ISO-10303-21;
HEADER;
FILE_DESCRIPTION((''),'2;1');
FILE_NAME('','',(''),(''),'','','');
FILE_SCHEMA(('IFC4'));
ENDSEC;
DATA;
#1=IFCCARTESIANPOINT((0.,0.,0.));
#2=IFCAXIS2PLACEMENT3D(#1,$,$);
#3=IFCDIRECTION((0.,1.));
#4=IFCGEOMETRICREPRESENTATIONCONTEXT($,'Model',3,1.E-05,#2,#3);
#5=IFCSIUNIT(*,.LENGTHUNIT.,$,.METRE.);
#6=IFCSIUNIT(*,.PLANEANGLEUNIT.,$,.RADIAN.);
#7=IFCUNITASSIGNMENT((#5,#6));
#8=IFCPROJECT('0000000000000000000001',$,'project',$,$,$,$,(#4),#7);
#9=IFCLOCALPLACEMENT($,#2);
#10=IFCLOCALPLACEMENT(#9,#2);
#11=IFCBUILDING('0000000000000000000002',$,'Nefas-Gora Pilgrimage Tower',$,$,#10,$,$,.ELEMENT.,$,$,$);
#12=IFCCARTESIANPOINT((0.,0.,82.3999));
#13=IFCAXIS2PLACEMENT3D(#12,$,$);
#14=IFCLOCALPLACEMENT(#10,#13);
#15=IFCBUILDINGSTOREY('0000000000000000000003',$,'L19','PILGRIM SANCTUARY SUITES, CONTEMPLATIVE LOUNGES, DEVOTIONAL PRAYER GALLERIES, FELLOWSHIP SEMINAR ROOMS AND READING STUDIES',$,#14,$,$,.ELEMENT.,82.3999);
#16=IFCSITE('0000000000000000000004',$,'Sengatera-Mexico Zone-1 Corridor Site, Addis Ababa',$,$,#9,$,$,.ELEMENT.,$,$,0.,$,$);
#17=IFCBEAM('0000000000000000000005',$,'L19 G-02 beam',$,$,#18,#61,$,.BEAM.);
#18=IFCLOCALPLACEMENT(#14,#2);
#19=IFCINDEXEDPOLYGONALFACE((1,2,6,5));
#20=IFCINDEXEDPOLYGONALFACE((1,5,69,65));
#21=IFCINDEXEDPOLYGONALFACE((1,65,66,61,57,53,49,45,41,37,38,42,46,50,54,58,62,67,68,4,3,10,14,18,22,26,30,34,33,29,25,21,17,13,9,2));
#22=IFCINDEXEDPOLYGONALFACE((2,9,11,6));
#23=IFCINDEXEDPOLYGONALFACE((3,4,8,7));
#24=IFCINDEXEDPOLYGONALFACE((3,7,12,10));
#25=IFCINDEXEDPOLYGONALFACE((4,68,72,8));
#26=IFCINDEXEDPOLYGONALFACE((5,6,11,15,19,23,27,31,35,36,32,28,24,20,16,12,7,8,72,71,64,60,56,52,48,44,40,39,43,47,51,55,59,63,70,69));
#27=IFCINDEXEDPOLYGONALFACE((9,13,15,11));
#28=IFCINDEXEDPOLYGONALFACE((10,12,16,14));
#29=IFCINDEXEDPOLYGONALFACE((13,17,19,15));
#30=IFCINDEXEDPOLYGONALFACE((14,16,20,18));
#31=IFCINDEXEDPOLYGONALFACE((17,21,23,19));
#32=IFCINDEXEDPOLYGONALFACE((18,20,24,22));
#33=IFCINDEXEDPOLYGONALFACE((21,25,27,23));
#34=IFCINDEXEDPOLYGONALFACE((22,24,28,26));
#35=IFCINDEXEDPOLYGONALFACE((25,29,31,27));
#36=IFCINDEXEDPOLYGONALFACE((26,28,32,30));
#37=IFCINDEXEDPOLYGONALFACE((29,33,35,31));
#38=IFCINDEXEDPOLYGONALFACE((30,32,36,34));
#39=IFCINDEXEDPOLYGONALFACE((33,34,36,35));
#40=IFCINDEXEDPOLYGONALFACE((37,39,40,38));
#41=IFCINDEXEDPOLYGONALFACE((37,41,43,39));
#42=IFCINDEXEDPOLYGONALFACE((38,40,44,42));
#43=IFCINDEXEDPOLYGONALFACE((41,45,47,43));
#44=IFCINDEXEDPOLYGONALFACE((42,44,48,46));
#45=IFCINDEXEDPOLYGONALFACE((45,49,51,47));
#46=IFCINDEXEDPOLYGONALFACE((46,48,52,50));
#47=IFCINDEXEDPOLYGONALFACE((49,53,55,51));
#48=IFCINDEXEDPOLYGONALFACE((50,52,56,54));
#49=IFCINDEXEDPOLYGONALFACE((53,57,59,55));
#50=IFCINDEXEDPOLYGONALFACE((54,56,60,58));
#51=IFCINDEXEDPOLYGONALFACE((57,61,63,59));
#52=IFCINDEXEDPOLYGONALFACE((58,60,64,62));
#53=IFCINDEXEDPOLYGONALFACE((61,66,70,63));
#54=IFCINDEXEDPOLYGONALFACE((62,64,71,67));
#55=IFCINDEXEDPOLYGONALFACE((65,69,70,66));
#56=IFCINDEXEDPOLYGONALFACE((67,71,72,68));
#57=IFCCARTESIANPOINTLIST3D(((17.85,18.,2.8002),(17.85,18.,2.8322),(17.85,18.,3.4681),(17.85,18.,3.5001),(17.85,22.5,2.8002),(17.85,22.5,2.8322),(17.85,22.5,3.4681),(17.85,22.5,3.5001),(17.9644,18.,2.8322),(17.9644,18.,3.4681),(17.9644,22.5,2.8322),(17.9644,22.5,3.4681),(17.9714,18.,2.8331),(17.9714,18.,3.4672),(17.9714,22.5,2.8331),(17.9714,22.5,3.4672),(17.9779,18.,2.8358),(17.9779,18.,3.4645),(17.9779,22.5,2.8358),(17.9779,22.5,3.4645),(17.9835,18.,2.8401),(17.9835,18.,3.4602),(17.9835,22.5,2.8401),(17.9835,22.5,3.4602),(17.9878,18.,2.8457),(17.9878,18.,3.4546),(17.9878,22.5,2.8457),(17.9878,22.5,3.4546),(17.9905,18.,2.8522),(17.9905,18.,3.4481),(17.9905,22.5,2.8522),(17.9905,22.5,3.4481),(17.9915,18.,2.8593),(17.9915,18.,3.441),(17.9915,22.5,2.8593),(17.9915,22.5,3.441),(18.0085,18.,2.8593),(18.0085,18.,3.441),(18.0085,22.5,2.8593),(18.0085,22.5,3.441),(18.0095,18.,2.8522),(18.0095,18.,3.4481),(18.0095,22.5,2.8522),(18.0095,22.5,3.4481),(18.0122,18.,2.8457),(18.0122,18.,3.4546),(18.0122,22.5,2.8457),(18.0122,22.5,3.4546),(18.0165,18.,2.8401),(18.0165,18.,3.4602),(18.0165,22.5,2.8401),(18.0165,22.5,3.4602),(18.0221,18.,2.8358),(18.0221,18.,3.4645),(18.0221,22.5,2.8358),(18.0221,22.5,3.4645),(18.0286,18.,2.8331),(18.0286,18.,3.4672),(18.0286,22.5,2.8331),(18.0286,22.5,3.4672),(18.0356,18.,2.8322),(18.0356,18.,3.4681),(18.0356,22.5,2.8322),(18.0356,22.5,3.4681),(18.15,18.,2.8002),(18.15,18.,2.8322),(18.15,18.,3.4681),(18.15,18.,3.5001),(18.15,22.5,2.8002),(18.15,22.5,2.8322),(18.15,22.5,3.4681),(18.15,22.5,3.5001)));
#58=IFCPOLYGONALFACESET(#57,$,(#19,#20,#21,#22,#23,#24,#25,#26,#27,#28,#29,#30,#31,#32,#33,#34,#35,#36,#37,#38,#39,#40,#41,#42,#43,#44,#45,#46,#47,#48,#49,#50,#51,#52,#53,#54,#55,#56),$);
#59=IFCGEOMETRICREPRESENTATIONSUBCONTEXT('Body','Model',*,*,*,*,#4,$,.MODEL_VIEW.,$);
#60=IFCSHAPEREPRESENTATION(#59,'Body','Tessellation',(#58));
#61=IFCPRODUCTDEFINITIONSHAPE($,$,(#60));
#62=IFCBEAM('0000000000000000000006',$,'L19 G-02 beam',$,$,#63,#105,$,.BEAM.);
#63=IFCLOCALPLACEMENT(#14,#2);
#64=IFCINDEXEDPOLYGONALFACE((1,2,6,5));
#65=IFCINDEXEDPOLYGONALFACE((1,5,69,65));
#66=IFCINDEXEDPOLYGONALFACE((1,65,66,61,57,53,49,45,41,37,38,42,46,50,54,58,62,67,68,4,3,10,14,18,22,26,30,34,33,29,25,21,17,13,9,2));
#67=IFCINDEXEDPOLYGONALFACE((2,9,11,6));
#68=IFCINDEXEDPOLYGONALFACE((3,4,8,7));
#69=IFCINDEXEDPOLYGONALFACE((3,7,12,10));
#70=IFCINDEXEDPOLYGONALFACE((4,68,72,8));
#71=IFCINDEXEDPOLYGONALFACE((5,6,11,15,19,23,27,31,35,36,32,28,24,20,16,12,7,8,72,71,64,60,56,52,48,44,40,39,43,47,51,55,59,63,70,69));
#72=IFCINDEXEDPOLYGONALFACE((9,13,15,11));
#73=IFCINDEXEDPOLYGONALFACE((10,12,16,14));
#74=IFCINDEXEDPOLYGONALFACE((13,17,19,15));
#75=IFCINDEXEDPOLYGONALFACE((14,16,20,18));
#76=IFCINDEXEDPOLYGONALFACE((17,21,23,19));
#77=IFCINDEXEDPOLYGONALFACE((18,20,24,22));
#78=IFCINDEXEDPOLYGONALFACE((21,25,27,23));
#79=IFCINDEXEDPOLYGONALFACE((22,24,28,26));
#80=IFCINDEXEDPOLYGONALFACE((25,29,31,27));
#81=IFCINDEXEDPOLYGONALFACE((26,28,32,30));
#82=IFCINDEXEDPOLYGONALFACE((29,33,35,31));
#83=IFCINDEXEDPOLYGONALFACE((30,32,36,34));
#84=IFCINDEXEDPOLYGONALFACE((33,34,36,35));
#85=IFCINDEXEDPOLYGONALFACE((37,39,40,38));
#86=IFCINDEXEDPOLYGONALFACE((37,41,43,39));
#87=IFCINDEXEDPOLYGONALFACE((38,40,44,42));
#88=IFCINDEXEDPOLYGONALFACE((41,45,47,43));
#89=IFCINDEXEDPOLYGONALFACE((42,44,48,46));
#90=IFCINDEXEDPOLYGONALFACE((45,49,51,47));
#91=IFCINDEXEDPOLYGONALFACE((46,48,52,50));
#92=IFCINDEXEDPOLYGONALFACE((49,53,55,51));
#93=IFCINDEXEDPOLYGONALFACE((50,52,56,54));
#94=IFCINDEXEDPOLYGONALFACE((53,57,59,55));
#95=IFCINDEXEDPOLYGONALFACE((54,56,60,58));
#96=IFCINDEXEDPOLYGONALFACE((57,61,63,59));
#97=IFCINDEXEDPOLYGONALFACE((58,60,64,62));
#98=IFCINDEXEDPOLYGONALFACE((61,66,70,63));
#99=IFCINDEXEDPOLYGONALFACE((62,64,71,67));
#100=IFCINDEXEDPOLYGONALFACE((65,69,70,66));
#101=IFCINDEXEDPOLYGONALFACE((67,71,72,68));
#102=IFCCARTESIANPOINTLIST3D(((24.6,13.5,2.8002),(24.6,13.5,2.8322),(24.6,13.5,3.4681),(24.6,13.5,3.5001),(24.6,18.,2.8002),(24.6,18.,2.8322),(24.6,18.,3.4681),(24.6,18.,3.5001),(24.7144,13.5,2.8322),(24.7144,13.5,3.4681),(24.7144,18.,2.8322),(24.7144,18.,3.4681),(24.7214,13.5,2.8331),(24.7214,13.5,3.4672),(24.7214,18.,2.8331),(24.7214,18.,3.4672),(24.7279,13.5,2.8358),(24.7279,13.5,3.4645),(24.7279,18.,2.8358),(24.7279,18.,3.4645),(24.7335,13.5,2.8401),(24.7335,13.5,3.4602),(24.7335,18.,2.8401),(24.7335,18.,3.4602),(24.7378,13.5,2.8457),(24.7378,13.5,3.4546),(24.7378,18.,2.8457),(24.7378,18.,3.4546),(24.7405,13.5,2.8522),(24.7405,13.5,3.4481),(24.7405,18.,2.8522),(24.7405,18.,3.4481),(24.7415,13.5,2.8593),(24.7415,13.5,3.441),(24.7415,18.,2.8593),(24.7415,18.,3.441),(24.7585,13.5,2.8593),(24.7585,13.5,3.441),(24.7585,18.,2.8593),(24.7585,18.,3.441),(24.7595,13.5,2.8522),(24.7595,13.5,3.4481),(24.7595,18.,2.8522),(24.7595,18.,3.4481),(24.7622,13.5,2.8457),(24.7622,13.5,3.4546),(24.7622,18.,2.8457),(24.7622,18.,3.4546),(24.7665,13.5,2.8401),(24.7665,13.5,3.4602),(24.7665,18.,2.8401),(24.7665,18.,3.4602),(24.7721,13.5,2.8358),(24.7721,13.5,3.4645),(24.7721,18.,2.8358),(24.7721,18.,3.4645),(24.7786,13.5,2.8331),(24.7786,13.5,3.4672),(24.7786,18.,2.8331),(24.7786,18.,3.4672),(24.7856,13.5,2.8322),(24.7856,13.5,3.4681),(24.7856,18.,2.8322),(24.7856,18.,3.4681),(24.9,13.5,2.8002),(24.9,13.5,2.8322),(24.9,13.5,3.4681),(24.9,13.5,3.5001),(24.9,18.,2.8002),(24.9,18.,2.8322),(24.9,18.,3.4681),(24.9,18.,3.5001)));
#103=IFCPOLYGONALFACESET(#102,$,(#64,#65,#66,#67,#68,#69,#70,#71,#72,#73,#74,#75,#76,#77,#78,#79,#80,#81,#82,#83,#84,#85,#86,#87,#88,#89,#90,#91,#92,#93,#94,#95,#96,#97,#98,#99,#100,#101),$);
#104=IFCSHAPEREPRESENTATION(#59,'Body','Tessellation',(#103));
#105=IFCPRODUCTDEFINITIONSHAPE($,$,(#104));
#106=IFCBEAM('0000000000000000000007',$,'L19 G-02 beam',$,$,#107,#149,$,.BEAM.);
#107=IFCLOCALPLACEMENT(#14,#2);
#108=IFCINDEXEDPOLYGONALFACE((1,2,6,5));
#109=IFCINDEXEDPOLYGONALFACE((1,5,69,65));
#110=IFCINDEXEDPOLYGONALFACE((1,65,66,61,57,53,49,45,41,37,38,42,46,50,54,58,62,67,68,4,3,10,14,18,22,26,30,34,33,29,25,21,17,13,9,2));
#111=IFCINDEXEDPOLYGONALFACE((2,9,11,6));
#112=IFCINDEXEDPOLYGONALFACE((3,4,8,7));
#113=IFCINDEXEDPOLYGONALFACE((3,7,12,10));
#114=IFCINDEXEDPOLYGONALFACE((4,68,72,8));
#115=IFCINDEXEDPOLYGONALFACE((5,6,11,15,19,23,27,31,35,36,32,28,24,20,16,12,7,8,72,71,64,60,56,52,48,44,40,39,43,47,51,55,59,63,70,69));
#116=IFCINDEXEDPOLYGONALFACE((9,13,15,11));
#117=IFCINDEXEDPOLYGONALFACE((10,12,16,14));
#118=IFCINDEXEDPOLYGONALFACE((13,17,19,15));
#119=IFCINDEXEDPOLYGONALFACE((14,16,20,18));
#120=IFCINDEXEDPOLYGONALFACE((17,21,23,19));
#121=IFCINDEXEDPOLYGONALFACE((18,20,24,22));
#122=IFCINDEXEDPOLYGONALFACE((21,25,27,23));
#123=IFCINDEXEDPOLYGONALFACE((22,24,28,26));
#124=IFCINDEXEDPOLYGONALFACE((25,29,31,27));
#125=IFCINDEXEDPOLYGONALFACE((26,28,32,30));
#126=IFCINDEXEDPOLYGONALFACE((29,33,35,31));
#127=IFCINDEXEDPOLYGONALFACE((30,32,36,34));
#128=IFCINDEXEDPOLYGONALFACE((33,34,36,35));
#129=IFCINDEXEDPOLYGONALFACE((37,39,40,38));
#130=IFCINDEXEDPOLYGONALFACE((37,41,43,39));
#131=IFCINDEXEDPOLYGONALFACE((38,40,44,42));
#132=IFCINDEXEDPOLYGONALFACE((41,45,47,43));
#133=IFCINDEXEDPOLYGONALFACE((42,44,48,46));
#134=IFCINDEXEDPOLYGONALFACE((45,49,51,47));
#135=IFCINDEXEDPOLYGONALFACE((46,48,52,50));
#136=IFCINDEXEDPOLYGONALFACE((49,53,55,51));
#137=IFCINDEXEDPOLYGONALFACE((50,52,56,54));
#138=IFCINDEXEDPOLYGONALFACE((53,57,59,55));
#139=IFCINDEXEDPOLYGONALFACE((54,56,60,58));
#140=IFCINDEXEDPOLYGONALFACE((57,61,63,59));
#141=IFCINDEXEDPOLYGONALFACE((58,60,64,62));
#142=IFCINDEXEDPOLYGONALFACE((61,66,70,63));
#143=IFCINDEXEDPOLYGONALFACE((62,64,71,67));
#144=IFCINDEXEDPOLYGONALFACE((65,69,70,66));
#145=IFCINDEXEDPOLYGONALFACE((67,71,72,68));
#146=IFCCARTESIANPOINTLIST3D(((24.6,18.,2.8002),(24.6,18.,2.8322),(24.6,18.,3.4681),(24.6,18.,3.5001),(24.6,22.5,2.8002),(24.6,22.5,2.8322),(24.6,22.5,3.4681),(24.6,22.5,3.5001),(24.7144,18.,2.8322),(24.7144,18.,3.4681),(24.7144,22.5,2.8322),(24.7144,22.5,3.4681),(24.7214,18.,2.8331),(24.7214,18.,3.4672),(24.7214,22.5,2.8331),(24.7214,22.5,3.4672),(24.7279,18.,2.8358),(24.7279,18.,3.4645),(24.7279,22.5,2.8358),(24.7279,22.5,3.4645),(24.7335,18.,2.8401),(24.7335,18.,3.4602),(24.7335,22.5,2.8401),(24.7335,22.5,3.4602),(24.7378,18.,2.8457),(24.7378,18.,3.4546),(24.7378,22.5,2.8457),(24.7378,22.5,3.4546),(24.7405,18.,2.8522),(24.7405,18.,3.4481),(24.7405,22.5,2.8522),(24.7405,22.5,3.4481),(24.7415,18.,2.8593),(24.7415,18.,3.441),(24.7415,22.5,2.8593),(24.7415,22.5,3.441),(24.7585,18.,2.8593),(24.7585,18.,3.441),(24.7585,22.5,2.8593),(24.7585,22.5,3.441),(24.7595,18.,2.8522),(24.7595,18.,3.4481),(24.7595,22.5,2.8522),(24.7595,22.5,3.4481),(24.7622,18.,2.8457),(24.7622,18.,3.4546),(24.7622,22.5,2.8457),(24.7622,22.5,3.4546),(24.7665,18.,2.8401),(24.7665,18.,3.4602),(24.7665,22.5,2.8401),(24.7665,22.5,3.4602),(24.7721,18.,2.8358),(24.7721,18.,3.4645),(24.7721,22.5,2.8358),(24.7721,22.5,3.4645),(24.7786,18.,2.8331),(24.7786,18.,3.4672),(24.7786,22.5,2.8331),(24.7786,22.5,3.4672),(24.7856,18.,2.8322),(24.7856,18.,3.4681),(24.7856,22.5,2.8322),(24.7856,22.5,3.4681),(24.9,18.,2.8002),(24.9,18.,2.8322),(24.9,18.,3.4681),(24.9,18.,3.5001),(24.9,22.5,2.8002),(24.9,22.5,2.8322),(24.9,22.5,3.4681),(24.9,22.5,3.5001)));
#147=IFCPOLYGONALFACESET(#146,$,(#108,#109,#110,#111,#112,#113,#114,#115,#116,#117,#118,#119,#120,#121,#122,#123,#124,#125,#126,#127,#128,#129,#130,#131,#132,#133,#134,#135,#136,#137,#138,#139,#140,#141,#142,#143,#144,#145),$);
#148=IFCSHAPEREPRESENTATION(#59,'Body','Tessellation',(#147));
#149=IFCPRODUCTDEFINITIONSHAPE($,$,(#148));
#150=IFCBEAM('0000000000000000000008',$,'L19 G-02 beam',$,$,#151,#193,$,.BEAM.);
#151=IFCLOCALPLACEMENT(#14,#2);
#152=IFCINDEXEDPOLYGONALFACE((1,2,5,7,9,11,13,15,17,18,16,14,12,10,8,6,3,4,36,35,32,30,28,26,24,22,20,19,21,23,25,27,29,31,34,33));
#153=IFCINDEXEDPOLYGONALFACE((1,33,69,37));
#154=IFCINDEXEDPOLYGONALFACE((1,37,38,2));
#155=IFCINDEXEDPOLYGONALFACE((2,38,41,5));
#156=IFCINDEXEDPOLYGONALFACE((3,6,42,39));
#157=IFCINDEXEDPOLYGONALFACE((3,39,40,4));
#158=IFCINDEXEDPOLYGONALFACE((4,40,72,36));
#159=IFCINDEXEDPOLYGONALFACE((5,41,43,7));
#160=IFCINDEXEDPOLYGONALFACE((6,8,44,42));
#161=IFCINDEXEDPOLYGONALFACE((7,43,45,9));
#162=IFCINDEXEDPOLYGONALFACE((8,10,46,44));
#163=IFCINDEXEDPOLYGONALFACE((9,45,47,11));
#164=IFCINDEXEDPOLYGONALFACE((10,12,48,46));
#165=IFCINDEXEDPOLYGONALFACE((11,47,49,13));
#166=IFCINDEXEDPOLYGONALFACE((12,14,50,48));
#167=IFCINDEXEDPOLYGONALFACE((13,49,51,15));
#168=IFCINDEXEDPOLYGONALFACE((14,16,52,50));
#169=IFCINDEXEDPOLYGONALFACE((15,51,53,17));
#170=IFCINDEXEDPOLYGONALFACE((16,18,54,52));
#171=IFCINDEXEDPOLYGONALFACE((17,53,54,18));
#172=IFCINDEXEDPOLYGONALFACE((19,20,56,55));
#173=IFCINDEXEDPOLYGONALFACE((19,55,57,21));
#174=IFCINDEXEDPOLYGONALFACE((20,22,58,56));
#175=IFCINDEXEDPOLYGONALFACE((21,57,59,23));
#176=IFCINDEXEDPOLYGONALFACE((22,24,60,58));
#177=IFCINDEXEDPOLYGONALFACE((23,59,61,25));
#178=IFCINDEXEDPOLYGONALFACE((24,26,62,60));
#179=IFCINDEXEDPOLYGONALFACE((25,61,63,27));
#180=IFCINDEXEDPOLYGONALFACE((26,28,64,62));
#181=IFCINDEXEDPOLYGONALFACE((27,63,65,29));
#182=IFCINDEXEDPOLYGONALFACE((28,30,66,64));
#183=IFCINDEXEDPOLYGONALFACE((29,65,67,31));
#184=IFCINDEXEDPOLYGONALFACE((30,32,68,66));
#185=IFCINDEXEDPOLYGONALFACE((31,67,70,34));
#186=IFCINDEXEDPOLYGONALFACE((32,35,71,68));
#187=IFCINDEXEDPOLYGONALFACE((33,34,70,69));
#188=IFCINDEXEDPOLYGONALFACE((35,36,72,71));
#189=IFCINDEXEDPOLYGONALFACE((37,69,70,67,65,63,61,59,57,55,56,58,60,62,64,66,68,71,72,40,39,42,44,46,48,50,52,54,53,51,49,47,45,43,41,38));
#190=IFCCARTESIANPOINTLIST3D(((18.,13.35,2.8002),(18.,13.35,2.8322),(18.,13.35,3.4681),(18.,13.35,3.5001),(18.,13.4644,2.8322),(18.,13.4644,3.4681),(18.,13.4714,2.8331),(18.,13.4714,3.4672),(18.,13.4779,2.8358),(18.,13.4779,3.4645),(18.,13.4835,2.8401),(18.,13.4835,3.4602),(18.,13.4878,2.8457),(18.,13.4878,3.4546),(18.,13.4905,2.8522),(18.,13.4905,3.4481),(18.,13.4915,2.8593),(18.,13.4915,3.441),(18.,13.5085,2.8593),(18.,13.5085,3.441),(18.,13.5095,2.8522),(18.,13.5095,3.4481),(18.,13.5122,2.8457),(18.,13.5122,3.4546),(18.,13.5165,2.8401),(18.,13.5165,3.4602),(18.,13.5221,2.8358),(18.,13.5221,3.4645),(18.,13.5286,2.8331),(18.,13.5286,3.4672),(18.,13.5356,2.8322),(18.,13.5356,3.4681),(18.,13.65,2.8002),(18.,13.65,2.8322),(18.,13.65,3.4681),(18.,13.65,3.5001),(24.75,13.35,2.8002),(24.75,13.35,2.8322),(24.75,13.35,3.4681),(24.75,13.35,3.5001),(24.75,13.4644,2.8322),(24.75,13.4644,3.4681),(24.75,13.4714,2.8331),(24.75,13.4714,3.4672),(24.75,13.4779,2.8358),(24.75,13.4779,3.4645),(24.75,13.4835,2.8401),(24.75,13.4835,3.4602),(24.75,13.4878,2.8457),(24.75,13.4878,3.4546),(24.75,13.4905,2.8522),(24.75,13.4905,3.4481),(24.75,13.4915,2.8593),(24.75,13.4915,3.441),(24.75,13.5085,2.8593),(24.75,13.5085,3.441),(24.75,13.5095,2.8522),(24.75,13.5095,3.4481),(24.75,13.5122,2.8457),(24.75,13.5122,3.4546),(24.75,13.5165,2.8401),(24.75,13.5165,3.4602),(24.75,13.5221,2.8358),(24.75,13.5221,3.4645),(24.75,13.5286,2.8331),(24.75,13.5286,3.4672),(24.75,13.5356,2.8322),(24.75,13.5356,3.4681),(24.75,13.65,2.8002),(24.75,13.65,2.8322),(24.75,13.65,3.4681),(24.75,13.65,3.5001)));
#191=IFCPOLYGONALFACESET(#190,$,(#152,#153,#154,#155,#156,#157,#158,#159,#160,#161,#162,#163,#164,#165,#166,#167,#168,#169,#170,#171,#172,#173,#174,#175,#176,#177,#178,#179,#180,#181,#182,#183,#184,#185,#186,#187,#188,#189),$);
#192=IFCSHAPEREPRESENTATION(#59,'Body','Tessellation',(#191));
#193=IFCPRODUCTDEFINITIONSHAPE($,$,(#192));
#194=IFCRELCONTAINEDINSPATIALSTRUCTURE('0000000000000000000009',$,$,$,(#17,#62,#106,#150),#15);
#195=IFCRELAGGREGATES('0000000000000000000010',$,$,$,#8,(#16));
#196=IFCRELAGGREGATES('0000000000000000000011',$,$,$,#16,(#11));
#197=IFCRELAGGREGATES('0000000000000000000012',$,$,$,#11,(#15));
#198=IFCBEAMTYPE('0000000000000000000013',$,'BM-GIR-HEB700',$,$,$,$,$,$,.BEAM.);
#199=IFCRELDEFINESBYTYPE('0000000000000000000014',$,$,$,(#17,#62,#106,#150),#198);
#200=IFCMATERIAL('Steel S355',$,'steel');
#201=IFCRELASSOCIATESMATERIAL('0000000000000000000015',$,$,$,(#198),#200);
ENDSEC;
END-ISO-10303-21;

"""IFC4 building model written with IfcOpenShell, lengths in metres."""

from ifc_helpers import new_model, si_unit, direction, frame, origin, origin_2d, place, context, subcontext, project, spatial, i_section, extrude, source, transform, mapped, material, material_profile, profile_set, type_object, element, save


model = new_model("IFC4")

# Units and contexts
model_context = context("Model", 3, precision=1e-05, world=origin(), true_north=direction((0.0, 1.0)))
body_context = subcontext(model_context, "Body", "Model", "MODEL_VIEW")
ifc_project = project(units=[si_unit("LENGTHUNIT", "METRE"), si_unit("PLANEANGLEUNIT", "RADIAN")], contexts=[model_context])

# Site, building, storey
site_placement = place(None, origin())
site = spatial("IfcSite", under=ifc_project, at=site_placement, Name="Sengatera-Mexico Zone-1 Corridor Site, Addis Ababa", CompositionType="ELEMENT", RefElevation=0.0)
building_placement = place(site_placement, origin())
building = spatial("IfcBuilding", under=site, at=building_placement, Name="Nefas-Gora Pilgrimage Tower", CompositionType="ELEMENT")
storey_placement = place(building_placement, frame((0.0, 0.0, 82.3999)))
storey = spatial("IfcBuildingStorey", under=building, at=storey_placement, Name="L19", Description="PILGRIM SANCTUARY SUITES, CONTEMPLATIVE LOUNGES, DEVOTIONAL PRAYER GALLERIES, FELLOWSHIP SEMINAR ROOMS AND READING STUDIES", CompositionType="ELEMENT", Elevation=82.3999)

# Beams
ifc_material_1 = material(Name="Steel S355", Category="steel")
ifc_material_profile_1 = material_profile(ifc_material_1, i_section(OverallWidth=0.3, OverallDepth=0.7, WebThickness=0.0171, FlangeThickness=0.032, FilletRadius=0.0271, at=origin_2d()), Name="HEB 700")
ifc_profile_set_1 = profile_set([ifc_material_profile_1], Name="Steel S355")
beam_type_1 = type_object("IfcBeamType", Name="BM-GIR-HEB700", PredefinedType="BEAM", material=ifc_profile_set_1)
shared_shape_1 = source(origin(), body_context, "Body", "SweptSolid", [
    extrude(i_section(OverallWidth=0.3, OverallDepth=0.7, WebThickness=0.0171, FlangeThickness=0.032, FilletRadius=0.0271, at=origin_2d()), origin(), (0.0, 0.0, 1.0), 4.5),
])
for number, where, z_axis, x_axis, name in (
    (1, (18.0, 18.0, 3.1501), (0.0, 1.0, 0.0), (-1.0, 0.0, 0.0), "L19 G-02 beam"),
    (2, (24.75, 13.5, 3.1501), (0.0, 1.0, 0.0), (-1.0, 0.0, 0.0), "L19 G-02 beam"),
    (3, (24.75, 18.0, 3.1501), (0.0, 1.0, 0.0), (-1.0, 0.0, 0.0), "L19 G-02 beam"),
):
    element("IfcBeam", number, at=place(storey_placement, frame(where, z_axis=z_axis, x_axis=x_axis)), inside=storey, type_object=beam_type_1, Name=name, PredefinedType="BEAM", context=body_context, shape_type="MappedRepresentation", body=[
        mapped(shared_shape_1, transform((0.0, 0.0, 0.0), x_axis=(1.0, 0.0, 0.0), y_axis=(0.0, 1.0, 0.0), z_axis=(0.0, 0.0, 1.0), scale=1.0)),
    ])
shared_shape_2 = source(origin(), body_context, "Body", "SweptSolid", [
    extrude(i_section(OverallWidth=0.3, OverallDepth=0.7, WebThickness=0.0171, FlangeThickness=0.032, FilletRadius=0.0271, at=origin_2d()), origin(), (0.0, 0.0, 1.0), 6.75),
])
for number, where, z_axis, x_axis, name in (
    (4, (18.0, 13.5, 3.1501), (1.0, 0.0, 0.0), (0.0, 1.0, 0.0), "L19 G-02 beam"),
):
    element("IfcBeam", number, at=place(storey_placement, frame(where, z_axis=z_axis, x_axis=x_axis)), inside=storey, type_object=beam_type_1, Name=name, PredefinedType="BEAM", context=body_context, shape_type="MappedRepresentation", body=[
        mapped(shared_shape_2, transform((0.0, 0.0, 0.0), x_axis=(1.0, 0.0, 0.0), y_axis=(0.0, 1.0, 0.0), z_axis=(0.0, 0.0, 1.0), scale=1.0)),
    ])

save(model, "model.ifc")
